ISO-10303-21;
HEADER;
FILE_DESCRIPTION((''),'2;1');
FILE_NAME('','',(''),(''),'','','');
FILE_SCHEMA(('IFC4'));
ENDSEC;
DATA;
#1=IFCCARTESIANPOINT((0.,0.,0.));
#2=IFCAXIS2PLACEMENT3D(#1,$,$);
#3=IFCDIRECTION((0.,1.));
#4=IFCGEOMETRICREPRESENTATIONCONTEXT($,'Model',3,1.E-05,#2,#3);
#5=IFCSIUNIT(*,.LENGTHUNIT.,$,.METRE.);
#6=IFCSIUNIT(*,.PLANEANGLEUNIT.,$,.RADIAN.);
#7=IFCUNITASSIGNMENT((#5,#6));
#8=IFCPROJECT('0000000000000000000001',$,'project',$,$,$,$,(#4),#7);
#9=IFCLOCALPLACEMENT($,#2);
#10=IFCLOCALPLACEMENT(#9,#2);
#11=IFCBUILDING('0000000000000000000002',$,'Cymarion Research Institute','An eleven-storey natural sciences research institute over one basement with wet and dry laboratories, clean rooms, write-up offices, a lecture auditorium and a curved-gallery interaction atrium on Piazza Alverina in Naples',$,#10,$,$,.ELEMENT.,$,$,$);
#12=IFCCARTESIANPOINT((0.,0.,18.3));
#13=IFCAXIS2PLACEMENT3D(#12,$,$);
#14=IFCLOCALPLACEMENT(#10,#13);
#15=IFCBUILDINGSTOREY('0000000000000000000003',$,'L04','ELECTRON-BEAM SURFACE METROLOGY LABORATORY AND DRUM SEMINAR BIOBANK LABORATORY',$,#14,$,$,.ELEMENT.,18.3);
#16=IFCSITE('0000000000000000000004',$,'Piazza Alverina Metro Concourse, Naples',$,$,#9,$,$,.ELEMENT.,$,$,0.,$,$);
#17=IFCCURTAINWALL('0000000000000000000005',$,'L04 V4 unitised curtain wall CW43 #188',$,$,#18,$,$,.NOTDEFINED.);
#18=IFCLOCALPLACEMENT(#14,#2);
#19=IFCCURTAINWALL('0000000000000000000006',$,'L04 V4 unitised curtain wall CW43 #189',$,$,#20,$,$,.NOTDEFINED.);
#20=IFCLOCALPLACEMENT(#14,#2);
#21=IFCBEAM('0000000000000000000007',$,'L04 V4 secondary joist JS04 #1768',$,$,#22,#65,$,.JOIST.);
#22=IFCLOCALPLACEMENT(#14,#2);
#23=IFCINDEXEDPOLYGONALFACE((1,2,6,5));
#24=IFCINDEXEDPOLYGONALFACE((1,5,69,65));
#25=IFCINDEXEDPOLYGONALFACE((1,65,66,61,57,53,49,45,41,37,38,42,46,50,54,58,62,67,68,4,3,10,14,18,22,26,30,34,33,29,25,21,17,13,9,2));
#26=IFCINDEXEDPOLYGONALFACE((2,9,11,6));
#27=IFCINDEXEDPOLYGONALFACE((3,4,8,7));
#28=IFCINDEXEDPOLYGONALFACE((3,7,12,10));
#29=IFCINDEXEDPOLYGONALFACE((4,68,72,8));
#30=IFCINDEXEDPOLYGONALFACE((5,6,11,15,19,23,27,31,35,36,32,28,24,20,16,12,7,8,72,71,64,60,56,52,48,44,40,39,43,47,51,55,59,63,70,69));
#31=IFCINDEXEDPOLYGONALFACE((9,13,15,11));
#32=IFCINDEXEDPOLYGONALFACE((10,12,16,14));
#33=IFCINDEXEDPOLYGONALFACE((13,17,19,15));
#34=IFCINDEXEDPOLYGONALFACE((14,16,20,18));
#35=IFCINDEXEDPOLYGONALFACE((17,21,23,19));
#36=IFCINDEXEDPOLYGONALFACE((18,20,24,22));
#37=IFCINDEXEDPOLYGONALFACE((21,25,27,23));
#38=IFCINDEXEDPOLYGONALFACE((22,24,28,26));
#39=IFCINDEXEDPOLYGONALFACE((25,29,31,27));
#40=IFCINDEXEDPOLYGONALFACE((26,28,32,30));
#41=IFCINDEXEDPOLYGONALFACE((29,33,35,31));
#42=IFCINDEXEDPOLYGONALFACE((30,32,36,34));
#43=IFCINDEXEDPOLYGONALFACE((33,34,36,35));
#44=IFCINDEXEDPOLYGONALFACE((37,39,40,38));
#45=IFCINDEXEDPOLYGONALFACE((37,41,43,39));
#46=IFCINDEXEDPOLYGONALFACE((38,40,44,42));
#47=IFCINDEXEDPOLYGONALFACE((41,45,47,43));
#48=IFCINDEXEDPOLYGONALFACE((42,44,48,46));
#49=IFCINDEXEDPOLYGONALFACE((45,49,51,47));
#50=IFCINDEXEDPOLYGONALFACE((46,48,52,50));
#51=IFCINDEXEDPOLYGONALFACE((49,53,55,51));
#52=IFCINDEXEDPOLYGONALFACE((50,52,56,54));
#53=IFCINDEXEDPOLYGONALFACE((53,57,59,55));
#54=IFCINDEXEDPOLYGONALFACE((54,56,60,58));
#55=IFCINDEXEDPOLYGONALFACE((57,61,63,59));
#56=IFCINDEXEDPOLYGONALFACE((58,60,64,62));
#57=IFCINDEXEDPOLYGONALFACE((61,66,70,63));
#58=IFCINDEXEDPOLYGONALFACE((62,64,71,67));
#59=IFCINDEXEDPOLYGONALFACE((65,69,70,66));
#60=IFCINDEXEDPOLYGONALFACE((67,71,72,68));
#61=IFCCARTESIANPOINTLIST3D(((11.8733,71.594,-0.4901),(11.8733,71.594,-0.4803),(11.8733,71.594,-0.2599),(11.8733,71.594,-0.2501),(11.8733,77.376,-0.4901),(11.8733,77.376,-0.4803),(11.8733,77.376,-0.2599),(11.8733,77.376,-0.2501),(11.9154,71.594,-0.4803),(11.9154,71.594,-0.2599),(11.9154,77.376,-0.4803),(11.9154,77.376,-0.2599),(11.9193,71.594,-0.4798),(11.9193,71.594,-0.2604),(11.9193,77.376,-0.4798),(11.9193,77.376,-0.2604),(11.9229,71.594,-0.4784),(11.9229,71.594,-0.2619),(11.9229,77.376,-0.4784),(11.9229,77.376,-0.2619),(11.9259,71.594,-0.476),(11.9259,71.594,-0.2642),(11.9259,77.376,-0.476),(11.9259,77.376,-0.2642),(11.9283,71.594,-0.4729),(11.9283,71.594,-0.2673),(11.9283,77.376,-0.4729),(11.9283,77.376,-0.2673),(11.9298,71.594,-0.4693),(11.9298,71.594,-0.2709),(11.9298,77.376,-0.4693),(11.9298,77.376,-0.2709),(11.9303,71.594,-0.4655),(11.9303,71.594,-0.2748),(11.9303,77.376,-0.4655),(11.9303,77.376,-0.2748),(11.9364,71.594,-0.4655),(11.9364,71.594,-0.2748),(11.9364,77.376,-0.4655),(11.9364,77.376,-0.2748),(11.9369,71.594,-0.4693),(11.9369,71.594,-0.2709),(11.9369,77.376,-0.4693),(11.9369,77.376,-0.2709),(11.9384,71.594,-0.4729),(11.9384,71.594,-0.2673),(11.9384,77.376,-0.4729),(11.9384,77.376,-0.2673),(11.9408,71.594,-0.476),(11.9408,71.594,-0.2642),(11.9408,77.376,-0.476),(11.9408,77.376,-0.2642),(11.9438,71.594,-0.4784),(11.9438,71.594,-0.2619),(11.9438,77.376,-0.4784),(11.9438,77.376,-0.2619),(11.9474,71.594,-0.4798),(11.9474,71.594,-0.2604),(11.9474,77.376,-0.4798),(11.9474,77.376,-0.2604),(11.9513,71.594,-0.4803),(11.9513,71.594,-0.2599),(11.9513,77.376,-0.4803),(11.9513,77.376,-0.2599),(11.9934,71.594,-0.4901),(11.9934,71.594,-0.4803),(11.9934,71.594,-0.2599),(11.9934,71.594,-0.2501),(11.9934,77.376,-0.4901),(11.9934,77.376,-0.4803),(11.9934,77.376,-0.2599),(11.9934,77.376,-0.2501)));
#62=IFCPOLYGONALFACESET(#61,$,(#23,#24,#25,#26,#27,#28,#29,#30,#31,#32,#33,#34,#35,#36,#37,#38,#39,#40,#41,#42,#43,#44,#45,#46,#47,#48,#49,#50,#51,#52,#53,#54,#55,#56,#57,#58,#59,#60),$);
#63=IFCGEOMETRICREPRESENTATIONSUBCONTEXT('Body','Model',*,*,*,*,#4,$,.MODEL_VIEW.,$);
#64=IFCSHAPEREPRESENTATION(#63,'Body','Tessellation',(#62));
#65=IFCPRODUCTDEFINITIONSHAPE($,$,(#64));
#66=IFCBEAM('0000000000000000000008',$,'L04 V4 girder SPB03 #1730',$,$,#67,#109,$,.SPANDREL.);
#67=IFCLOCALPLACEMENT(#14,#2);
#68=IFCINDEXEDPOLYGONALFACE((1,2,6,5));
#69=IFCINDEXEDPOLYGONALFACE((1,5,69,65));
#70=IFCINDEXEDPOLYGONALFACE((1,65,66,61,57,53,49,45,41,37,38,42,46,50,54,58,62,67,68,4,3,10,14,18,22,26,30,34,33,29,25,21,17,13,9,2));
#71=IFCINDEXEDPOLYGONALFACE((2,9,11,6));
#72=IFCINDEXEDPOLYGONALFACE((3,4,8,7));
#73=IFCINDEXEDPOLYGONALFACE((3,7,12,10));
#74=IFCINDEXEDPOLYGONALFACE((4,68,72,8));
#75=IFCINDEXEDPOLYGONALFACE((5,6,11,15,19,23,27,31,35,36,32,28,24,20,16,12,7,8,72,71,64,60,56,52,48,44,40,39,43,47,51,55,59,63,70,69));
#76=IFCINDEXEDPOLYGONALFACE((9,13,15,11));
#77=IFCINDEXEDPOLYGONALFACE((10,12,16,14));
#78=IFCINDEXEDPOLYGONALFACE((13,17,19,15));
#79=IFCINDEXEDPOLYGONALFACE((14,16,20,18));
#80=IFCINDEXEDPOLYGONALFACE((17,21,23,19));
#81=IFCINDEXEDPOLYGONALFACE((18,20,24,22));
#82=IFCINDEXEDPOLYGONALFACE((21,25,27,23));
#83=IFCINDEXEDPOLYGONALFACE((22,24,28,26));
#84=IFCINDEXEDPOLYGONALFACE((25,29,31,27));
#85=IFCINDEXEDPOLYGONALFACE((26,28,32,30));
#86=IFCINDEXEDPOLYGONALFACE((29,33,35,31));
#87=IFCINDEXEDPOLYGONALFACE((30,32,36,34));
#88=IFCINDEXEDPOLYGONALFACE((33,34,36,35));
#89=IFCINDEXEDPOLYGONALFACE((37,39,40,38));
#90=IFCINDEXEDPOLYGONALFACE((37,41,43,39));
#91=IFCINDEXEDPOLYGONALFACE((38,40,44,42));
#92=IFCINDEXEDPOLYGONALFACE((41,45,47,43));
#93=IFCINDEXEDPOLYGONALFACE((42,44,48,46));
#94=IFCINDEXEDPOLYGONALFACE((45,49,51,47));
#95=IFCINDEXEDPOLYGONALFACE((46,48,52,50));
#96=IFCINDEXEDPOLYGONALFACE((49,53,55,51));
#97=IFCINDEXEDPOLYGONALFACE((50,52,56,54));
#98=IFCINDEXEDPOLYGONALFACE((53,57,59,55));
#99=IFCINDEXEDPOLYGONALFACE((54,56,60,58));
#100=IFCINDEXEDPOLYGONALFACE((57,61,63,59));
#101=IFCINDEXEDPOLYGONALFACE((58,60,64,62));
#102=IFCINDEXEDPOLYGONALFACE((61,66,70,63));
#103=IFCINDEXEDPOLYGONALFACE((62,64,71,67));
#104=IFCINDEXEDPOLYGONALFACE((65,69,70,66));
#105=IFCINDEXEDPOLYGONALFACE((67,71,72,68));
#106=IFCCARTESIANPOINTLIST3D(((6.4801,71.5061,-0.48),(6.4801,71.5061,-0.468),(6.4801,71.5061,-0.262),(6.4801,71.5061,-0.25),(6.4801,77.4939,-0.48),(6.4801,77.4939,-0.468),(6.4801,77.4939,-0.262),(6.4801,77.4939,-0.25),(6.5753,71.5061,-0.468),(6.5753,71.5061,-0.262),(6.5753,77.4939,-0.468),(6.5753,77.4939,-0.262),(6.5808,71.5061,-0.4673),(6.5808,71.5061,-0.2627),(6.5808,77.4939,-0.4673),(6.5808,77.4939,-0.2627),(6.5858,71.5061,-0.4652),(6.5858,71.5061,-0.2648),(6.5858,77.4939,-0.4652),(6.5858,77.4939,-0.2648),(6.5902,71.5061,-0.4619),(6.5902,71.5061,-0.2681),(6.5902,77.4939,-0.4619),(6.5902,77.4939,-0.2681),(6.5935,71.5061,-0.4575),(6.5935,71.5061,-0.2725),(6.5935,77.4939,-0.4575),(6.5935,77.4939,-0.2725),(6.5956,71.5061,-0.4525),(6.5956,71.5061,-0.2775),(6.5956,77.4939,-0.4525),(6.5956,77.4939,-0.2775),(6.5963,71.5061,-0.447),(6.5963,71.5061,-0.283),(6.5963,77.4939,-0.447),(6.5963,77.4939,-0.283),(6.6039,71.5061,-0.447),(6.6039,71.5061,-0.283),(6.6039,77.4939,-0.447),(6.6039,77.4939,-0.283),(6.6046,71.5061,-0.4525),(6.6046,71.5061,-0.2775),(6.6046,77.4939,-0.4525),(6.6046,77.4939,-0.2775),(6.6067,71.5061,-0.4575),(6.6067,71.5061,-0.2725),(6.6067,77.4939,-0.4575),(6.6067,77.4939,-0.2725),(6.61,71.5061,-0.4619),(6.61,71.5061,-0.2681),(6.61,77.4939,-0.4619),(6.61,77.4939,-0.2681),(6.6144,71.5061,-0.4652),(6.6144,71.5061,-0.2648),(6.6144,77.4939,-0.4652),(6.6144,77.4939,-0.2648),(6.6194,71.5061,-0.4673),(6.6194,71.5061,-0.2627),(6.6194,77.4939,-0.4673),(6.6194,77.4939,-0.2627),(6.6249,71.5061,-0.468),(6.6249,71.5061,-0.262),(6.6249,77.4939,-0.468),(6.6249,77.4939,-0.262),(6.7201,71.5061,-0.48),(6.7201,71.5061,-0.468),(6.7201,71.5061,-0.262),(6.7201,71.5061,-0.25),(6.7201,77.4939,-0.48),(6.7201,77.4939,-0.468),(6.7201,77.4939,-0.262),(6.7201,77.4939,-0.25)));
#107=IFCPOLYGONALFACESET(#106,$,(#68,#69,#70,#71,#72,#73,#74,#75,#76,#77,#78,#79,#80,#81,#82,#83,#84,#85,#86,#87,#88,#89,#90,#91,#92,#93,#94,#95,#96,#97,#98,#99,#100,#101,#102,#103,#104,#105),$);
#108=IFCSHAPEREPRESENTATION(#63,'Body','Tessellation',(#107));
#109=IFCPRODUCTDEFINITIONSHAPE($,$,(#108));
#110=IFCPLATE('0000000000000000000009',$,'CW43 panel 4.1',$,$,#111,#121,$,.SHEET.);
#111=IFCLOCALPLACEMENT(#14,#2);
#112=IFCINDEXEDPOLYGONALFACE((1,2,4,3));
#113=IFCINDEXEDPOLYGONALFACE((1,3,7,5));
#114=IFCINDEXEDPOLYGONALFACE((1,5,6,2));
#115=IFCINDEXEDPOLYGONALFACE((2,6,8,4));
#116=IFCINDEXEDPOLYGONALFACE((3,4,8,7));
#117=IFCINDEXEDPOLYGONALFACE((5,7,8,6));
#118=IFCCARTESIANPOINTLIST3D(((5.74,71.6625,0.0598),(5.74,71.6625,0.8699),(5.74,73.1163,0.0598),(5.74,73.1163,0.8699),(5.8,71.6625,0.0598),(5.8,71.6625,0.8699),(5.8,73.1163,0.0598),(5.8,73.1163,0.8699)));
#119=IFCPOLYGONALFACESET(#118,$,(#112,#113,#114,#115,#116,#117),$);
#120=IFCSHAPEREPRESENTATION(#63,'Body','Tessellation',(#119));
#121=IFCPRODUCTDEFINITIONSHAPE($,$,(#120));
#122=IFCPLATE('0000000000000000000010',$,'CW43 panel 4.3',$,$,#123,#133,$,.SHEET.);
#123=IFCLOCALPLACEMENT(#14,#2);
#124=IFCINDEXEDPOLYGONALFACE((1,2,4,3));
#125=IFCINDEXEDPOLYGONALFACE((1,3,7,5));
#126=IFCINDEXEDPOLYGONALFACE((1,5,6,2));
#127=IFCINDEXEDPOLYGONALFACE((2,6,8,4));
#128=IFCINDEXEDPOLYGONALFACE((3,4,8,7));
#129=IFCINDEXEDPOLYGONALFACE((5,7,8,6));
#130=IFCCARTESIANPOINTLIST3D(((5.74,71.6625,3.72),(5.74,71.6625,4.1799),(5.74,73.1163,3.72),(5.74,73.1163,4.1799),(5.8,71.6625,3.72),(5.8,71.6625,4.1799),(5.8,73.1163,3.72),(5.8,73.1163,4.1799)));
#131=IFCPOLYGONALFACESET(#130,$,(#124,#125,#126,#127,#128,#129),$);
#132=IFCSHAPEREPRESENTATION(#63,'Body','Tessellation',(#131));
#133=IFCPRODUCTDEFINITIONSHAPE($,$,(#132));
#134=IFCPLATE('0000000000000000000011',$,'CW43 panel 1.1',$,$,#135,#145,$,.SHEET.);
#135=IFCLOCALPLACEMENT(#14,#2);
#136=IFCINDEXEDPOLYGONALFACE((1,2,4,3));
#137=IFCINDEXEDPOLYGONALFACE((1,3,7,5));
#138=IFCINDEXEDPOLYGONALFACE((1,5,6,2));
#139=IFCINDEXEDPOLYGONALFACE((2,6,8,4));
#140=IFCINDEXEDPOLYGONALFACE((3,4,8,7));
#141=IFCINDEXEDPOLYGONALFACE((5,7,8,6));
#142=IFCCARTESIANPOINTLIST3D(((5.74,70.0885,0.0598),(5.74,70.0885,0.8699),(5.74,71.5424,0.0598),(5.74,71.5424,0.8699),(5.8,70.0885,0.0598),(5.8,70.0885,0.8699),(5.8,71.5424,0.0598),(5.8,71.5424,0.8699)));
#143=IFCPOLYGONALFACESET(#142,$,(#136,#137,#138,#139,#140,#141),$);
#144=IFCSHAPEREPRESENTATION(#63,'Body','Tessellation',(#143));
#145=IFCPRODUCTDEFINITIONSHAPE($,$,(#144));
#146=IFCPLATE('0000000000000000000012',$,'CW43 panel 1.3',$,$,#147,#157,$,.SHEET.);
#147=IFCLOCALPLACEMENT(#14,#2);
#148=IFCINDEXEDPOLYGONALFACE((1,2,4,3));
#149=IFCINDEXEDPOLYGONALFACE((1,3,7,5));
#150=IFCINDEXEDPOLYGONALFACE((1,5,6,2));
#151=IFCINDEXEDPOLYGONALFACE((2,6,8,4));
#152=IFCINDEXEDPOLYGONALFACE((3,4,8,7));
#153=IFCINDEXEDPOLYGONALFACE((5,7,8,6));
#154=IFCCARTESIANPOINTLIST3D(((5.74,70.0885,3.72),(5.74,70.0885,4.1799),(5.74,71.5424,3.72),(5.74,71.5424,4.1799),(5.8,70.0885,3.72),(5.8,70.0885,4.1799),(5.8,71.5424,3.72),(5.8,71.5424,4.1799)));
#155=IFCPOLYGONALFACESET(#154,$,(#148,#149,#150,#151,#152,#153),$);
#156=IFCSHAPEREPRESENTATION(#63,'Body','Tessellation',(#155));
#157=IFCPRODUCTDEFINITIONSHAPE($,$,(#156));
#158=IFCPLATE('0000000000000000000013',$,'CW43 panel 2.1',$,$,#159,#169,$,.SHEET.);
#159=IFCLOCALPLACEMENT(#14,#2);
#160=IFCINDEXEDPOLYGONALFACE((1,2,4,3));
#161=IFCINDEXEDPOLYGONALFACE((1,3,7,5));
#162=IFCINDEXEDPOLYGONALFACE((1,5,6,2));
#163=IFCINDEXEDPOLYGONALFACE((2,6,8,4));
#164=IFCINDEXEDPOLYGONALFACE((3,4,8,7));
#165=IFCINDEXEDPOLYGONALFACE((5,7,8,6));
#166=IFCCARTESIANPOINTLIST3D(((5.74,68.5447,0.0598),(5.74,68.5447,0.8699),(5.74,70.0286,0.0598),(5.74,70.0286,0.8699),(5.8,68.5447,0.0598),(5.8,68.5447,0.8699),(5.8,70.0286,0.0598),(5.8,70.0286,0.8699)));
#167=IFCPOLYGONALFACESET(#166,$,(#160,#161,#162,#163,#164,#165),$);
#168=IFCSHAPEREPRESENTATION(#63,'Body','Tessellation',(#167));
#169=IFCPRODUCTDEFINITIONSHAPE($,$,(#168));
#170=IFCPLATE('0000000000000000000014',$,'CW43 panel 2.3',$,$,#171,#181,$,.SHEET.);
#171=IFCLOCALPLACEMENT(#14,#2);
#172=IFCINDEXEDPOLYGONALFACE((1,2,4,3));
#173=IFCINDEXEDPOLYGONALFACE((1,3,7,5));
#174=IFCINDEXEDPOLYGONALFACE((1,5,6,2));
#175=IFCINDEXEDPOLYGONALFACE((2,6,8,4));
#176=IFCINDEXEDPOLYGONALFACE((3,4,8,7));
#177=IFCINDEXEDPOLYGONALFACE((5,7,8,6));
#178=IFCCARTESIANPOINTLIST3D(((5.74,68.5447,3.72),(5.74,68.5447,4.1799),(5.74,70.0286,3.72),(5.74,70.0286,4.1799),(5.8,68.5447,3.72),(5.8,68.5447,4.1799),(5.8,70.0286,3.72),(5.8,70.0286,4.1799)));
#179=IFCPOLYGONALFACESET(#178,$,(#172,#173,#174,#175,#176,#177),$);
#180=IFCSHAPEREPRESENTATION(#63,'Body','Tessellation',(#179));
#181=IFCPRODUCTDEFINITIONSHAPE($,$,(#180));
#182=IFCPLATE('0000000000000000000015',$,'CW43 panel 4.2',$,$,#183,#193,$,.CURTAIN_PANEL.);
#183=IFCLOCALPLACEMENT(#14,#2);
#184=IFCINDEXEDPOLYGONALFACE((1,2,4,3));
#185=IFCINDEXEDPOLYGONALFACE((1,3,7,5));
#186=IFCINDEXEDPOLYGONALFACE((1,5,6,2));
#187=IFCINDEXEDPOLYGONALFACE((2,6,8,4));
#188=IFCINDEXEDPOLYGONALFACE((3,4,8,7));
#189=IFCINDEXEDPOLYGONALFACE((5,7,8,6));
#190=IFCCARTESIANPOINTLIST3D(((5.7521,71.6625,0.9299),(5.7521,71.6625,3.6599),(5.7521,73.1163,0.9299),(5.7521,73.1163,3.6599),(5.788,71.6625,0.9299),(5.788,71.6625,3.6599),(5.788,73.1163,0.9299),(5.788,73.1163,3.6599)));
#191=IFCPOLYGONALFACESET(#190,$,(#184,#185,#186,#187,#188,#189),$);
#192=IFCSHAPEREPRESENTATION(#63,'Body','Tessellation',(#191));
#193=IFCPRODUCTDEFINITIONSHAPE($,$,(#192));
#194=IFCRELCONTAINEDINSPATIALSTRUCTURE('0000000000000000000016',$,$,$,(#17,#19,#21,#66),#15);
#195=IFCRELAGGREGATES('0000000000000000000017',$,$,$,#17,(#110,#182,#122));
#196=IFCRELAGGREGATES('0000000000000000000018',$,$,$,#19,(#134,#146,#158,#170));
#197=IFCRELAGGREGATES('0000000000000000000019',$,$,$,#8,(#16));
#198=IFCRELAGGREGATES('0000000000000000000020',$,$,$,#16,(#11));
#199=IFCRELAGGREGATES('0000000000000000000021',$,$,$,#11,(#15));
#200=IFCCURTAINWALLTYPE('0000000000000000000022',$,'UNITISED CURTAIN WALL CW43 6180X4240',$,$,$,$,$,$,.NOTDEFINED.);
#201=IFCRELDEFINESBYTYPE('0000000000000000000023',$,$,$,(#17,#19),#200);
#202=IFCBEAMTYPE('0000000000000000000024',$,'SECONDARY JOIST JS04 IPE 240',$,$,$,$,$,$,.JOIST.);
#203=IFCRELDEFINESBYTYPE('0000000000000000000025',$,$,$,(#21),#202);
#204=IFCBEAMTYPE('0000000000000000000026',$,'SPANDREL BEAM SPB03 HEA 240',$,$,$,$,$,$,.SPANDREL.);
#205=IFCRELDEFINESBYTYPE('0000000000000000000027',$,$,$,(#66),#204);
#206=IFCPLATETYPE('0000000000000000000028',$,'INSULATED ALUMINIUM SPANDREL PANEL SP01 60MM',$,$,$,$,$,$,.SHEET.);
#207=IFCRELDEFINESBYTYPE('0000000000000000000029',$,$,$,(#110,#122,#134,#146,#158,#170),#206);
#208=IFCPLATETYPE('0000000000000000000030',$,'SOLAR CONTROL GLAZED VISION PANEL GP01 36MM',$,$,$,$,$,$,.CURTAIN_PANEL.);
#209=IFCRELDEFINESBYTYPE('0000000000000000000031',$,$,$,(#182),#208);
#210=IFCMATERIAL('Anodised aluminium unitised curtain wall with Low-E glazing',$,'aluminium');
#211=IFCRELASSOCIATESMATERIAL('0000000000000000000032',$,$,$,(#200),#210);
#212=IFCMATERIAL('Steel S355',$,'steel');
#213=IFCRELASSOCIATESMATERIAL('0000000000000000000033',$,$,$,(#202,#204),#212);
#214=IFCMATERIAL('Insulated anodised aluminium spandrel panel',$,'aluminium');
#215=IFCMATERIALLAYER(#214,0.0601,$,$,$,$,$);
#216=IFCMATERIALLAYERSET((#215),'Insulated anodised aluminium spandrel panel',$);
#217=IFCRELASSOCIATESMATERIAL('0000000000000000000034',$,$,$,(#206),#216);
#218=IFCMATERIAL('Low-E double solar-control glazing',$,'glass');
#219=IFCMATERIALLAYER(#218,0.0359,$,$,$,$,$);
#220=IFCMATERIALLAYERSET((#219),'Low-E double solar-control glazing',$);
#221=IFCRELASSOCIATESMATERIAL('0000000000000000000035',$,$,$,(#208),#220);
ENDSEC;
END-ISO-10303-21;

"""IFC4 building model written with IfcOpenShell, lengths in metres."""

from ifc_helpers import new_model, si_unit, direction, frame, origin, origin_2d, place, context, subcontext, project, spatial, rectangle, i_section, extrude, material, layer, layer_set, material_profile, profile_set, type_object, element, aggregate, save


model = new_model("IFC4")

# Units and contexts
model_context = context("Model", 3, precision=1e-05, world=origin(), true_north=direction((0.0, 1.0)))
body_context = subcontext(model_context, "Body", "Model", "MODEL_VIEW")
ifc_project = project(units=[si_unit("LENGTHUNIT", "METRE"), si_unit("PLANEANGLEUNIT", "RADIAN")], contexts=[model_context])

# Site, building, storey
site_placement = place(None, origin())
site = spatial("IfcSite", under=ifc_project, at=site_placement, Name="Piazza Alverina Metro Concourse, Naples", CompositionType="ELEMENT", RefElevation=0.0)
building_placement = place(site_placement, origin())
building = spatial("IfcBuilding", under=site, at=building_placement, Name="Cymarion Research Institute", Description="An eleven-storey natural sciences research institute over one basement with wet and dry laboratories, clean rooms, write-up offices, a lecture auditorium and a curved-gallery interaction atrium on Piazza Alverina in Naples", CompositionType="ELEMENT")
storey_placement = place(building_placement, frame((0.0, 0.0, 18.3)))
storey = spatial("IfcBuildingStorey", under=building, at=storey_placement, Name="L04", Description="ELECTRON-BEAM SURFACE METROLOGY LABORATORY AND DRUM SEMINAR BIOBANK LABORATORY", CompositionType="ELEMENT", Elevation=18.3)

# Shared definitions
ifc_material_1 = material(Name="Steel S355", Category="steel")

# Curtain walls
ifc_material_2 = material(Name="Anodised aluminium unitised curtain wall with Low-E glazing", Category="aluminium")
curtain_wall_type = type_object("IfcCurtainWallType", Name="UNITISED CURTAIN WALL CW43 6180X4240", PredefinedType="NOTDEFINED", material=ifc_material_2)
curtain_wall_1_placement = place(storey_placement, origin())
curtain_wall_1 = element("IfcCurtainWall", 1, at=curtain_wall_1_placement, inside=storey, type_object=curtain_wall_type, Name="L04 V4 unitised curtain wall CW43 #188", PredefinedType="NOTDEFINED")
curtain_wall_2_placement = place(storey_placement, origin())
curtain_wall_2 = element("IfcCurtainWall", 2, at=curtain_wall_2_placement, inside=storey, type_object=curtain_wall_type, Name="L04 V4 unitised curtain wall CW43 #189", PredefinedType="NOTDEFINED")

# Beams
ifc_material_profile_1 = material_profile(ifc_material_1, i_section(OverallWidth=0.1201, OverallDepth=0.24, WebThickness=0.0061, FlangeThickness=0.0098, FilletRadius=0.0149, at=origin_2d()), Name="IPE 240")
ifc_profile_set_1 = profile_set([ifc_material_profile_1], Name="Steel S355")
beam_type_1 = type_object("IfcBeamType", Name="SECONDARY JOIST JS04 IPE 240", PredefinedType="JOIST", material=ifc_profile_set_1)
for number, where, z_axis, x_axis, name in (
    (3, (11.9333, 71.594, -0.3701), (0.0, 1.0, 0.0), (-1.0, 0.0, 0.0), "L04 V4 secondary joist JS04 #1768"),
):
    element("IfcBeam", number, at=place(storey_placement, frame(where, z_axis=z_axis, x_axis=x_axis)), inside=storey, type_object=beam_type_1, Name=name, PredefinedType="JOIST", context=body_context, shape_type="SweptSolid", body=[
        extrude(i_section(OverallWidth=0.1201, OverallDepth=0.24, WebThickness=0.0061, FlangeThickness=0.0098, FilletRadius=0.0149, at=origin_2d()), origin(), (0.0, 0.0, 1.0), 5.782),
    ])
ifc_material_profile_2 = material_profile(ifc_material_1, i_section(OverallWidth=0.24, OverallDepth=0.23, WebThickness=0.0076, FlangeThickness=0.012, FilletRadius=0.021, at=origin_2d()), Name="HEA 240")
ifc_profile_set_2 = profile_set([ifc_material_profile_2], Name="Steel S355")
beam_type_2 = type_object("IfcBeamType", Name="SPANDREL BEAM SPB03 HEA 240", PredefinedType="SPANDREL", material=ifc_profile_set_2)
beam_1_placement = place(storey_placement, frame((6.6001, 71.5061, -0.365), z_axis=(0.0, 1.0, 0.0), x_axis=(-1.0, 0.0, 0.0)))
element("IfcBeam", 4, at=beam_1_placement, inside=storey, type_object=beam_type_2, Name="L04 V4 girder SPB03 #1730", PredefinedType="SPANDREL", context=body_context, shape_type="SweptSolid", body=[
    extrude(i_section(OverallWidth=0.24, OverallDepth=0.23, WebThickness=0.0076, FlangeThickness=0.012, FilletRadius=0.021, at=origin_2d()), origin(), (0.0, 0.0, 1.0), 5.9878),
])

# Plates
ifc_material_3 = material(Name="Insulated anodised aluminium spandrel panel", Category="aluminium")
ifc_layer_1 = layer(ifc_material_3, 0.0601)
ifc_layer_set_1 = layer_set([ifc_layer_1], Name="Insulated anodised aluminium spandrel panel")
plate_type_1 = type_object("IfcPlateType", Name="INSULATED ALUMINIUM SPANDREL PANEL SP01 60MM", PredefinedType="SHEET", material=ifc_layer_set_1)
plate_1_placement = place(storey_placement, frame((5.77, 72.3894, 0.0598), z_axis=(0.0, 0.0, 1.0), x_axis=(0.0, -1.0, 0.0)))
plate_1 = element("IfcPlate", 5, at=plate_1_placement, type_object=plate_type_1, Name="CW43 panel 4.1", PredefinedType="SHEET", context=body_context, shape_type="SweptSolid", body=[
    extrude(rectangle(XDim=1.4539, YDim=0.0601, at=origin_2d()), origin(), (0.0, 0.0, 1.0), 0.8101),
])
plate_2_placement = place(storey_placement, frame((5.77, 72.3894, 3.72), z_axis=(0.0, 0.0, 1.0), x_axis=(0.0, -1.0, 0.0)))
plate_2 = element("IfcPlate", 6, at=plate_2_placement, type_object=plate_type_1, Name="CW43 panel 4.3", PredefinedType="SHEET", context=body_context, shape_type="SweptSolid", body=[
    extrude(rectangle(XDim=1.4539, YDim=0.0601, at=origin_2d()), origin(), (0.0, 0.0, 1.0), 0.46),
])
plate_3_placement = place(storey_placement, frame((5.77, 70.8154, 0.0598), z_axis=(0.0, 0.0, 1.0), x_axis=(0.0, -1.0, 0.0)))
plate_3 = element("IfcPlate", 7, at=plate_3_placement, type_object=plate_type_1, Name="CW43 panel 1.1", PredefinedType="SHEET", context=body_context, shape_type="SweptSolid", body=[
    extrude(rectangle(XDim=1.4539, YDim=0.0601, at=origin_2d()), origin(), (0.0, 0.0, 1.0), 0.8101),
])
plate_4_placement = place(storey_placement, frame((5.77, 70.8154, 3.72), z_axis=(0.0, 0.0, 1.0), x_axis=(0.0, -1.0, 0.0)))
plate_4 = element("IfcPlate", 8, at=plate_4_placement, type_object=plate_type_1, Name="CW43 panel 1.3", PredefinedType="SHEET", context=body_context, shape_type="SweptSolid", body=[
    extrude(rectangle(XDim=1.4539, YDim=0.0601, at=origin_2d()), origin(), (0.0, 0.0, 1.0), 0.46),
])
plate_5_placement = place(storey_placement, frame((5.77, 69.2866, 0.0598), z_axis=(0.0, 0.0, 1.0), x_axis=(0.0, -1.0, 0.0)))
plate_5 = element("IfcPlate", 9, at=plate_5_placement, type_object=plate_type_1, Name="CW43 panel 2.1", PredefinedType="SHEET", context=body_context, shape_type="SweptSolid", body=[
    extrude(rectangle(XDim=1.4839, YDim=0.0601, at=origin_2d()), origin(), (0.0, 0.0, 1.0), 0.8101),
])
plate_6_placement = place(storey_placement, frame((5.77, 69.2866, 3.72), z_axis=(0.0, 0.0, 1.0), x_axis=(0.0, -1.0, 0.0)))
plate_6 = element("IfcPlate", 10, at=plate_6_placement, type_object=plate_type_1, Name="CW43 panel 2.3", PredefinedType="SHEET", context=body_context, shape_type="SweptSolid", body=[
    extrude(rectangle(XDim=1.4839, YDim=0.0601, at=origin_2d()), origin(), (0.0, 0.0, 1.0), 0.46),
])
ifc_material_4 = material(Name="Low-E double solar-control glazing", Category="glass")
ifc_layer_2 = layer(ifc_material_4, 0.0359)
ifc_layer_set_2 = layer_set([ifc_layer_2], Name="Low-E double solar-control glazing")
plate_type_2 = type_object("IfcPlateType", Name="SOLAR CONTROL GLAZED VISION PANEL GP01 36MM", PredefinedType="CURTAIN_PANEL", material=ifc_layer_set_2)
plate_7_placement = place(storey_placement, frame((5.77, 72.3894, 0.9299), z_axis=(0.0, 0.0, 1.0), x_axis=(0.0, -1.0, 0.0)))
plate_7 = element("IfcPlate", 11, at=plate_7_placement, type_object=plate_type_2, Name="CW43 panel 4.2", PredefinedType="CURTAIN_PANEL", context=body_context, shape_type="SweptSolid", body=[
    extrude(rectangle(XDim=1.4539, YDim=0.0359, at=origin_2d()), origin(), (0.0, 0.0, 1.0), 2.73),
])
aggregate(curtain_wall_1, [plate_1, plate_7, plate_2])
aggregate(curtain_wall_2, [plate_3, plate_4, plate_5, plate_6])

save(model, "model.ifc")
